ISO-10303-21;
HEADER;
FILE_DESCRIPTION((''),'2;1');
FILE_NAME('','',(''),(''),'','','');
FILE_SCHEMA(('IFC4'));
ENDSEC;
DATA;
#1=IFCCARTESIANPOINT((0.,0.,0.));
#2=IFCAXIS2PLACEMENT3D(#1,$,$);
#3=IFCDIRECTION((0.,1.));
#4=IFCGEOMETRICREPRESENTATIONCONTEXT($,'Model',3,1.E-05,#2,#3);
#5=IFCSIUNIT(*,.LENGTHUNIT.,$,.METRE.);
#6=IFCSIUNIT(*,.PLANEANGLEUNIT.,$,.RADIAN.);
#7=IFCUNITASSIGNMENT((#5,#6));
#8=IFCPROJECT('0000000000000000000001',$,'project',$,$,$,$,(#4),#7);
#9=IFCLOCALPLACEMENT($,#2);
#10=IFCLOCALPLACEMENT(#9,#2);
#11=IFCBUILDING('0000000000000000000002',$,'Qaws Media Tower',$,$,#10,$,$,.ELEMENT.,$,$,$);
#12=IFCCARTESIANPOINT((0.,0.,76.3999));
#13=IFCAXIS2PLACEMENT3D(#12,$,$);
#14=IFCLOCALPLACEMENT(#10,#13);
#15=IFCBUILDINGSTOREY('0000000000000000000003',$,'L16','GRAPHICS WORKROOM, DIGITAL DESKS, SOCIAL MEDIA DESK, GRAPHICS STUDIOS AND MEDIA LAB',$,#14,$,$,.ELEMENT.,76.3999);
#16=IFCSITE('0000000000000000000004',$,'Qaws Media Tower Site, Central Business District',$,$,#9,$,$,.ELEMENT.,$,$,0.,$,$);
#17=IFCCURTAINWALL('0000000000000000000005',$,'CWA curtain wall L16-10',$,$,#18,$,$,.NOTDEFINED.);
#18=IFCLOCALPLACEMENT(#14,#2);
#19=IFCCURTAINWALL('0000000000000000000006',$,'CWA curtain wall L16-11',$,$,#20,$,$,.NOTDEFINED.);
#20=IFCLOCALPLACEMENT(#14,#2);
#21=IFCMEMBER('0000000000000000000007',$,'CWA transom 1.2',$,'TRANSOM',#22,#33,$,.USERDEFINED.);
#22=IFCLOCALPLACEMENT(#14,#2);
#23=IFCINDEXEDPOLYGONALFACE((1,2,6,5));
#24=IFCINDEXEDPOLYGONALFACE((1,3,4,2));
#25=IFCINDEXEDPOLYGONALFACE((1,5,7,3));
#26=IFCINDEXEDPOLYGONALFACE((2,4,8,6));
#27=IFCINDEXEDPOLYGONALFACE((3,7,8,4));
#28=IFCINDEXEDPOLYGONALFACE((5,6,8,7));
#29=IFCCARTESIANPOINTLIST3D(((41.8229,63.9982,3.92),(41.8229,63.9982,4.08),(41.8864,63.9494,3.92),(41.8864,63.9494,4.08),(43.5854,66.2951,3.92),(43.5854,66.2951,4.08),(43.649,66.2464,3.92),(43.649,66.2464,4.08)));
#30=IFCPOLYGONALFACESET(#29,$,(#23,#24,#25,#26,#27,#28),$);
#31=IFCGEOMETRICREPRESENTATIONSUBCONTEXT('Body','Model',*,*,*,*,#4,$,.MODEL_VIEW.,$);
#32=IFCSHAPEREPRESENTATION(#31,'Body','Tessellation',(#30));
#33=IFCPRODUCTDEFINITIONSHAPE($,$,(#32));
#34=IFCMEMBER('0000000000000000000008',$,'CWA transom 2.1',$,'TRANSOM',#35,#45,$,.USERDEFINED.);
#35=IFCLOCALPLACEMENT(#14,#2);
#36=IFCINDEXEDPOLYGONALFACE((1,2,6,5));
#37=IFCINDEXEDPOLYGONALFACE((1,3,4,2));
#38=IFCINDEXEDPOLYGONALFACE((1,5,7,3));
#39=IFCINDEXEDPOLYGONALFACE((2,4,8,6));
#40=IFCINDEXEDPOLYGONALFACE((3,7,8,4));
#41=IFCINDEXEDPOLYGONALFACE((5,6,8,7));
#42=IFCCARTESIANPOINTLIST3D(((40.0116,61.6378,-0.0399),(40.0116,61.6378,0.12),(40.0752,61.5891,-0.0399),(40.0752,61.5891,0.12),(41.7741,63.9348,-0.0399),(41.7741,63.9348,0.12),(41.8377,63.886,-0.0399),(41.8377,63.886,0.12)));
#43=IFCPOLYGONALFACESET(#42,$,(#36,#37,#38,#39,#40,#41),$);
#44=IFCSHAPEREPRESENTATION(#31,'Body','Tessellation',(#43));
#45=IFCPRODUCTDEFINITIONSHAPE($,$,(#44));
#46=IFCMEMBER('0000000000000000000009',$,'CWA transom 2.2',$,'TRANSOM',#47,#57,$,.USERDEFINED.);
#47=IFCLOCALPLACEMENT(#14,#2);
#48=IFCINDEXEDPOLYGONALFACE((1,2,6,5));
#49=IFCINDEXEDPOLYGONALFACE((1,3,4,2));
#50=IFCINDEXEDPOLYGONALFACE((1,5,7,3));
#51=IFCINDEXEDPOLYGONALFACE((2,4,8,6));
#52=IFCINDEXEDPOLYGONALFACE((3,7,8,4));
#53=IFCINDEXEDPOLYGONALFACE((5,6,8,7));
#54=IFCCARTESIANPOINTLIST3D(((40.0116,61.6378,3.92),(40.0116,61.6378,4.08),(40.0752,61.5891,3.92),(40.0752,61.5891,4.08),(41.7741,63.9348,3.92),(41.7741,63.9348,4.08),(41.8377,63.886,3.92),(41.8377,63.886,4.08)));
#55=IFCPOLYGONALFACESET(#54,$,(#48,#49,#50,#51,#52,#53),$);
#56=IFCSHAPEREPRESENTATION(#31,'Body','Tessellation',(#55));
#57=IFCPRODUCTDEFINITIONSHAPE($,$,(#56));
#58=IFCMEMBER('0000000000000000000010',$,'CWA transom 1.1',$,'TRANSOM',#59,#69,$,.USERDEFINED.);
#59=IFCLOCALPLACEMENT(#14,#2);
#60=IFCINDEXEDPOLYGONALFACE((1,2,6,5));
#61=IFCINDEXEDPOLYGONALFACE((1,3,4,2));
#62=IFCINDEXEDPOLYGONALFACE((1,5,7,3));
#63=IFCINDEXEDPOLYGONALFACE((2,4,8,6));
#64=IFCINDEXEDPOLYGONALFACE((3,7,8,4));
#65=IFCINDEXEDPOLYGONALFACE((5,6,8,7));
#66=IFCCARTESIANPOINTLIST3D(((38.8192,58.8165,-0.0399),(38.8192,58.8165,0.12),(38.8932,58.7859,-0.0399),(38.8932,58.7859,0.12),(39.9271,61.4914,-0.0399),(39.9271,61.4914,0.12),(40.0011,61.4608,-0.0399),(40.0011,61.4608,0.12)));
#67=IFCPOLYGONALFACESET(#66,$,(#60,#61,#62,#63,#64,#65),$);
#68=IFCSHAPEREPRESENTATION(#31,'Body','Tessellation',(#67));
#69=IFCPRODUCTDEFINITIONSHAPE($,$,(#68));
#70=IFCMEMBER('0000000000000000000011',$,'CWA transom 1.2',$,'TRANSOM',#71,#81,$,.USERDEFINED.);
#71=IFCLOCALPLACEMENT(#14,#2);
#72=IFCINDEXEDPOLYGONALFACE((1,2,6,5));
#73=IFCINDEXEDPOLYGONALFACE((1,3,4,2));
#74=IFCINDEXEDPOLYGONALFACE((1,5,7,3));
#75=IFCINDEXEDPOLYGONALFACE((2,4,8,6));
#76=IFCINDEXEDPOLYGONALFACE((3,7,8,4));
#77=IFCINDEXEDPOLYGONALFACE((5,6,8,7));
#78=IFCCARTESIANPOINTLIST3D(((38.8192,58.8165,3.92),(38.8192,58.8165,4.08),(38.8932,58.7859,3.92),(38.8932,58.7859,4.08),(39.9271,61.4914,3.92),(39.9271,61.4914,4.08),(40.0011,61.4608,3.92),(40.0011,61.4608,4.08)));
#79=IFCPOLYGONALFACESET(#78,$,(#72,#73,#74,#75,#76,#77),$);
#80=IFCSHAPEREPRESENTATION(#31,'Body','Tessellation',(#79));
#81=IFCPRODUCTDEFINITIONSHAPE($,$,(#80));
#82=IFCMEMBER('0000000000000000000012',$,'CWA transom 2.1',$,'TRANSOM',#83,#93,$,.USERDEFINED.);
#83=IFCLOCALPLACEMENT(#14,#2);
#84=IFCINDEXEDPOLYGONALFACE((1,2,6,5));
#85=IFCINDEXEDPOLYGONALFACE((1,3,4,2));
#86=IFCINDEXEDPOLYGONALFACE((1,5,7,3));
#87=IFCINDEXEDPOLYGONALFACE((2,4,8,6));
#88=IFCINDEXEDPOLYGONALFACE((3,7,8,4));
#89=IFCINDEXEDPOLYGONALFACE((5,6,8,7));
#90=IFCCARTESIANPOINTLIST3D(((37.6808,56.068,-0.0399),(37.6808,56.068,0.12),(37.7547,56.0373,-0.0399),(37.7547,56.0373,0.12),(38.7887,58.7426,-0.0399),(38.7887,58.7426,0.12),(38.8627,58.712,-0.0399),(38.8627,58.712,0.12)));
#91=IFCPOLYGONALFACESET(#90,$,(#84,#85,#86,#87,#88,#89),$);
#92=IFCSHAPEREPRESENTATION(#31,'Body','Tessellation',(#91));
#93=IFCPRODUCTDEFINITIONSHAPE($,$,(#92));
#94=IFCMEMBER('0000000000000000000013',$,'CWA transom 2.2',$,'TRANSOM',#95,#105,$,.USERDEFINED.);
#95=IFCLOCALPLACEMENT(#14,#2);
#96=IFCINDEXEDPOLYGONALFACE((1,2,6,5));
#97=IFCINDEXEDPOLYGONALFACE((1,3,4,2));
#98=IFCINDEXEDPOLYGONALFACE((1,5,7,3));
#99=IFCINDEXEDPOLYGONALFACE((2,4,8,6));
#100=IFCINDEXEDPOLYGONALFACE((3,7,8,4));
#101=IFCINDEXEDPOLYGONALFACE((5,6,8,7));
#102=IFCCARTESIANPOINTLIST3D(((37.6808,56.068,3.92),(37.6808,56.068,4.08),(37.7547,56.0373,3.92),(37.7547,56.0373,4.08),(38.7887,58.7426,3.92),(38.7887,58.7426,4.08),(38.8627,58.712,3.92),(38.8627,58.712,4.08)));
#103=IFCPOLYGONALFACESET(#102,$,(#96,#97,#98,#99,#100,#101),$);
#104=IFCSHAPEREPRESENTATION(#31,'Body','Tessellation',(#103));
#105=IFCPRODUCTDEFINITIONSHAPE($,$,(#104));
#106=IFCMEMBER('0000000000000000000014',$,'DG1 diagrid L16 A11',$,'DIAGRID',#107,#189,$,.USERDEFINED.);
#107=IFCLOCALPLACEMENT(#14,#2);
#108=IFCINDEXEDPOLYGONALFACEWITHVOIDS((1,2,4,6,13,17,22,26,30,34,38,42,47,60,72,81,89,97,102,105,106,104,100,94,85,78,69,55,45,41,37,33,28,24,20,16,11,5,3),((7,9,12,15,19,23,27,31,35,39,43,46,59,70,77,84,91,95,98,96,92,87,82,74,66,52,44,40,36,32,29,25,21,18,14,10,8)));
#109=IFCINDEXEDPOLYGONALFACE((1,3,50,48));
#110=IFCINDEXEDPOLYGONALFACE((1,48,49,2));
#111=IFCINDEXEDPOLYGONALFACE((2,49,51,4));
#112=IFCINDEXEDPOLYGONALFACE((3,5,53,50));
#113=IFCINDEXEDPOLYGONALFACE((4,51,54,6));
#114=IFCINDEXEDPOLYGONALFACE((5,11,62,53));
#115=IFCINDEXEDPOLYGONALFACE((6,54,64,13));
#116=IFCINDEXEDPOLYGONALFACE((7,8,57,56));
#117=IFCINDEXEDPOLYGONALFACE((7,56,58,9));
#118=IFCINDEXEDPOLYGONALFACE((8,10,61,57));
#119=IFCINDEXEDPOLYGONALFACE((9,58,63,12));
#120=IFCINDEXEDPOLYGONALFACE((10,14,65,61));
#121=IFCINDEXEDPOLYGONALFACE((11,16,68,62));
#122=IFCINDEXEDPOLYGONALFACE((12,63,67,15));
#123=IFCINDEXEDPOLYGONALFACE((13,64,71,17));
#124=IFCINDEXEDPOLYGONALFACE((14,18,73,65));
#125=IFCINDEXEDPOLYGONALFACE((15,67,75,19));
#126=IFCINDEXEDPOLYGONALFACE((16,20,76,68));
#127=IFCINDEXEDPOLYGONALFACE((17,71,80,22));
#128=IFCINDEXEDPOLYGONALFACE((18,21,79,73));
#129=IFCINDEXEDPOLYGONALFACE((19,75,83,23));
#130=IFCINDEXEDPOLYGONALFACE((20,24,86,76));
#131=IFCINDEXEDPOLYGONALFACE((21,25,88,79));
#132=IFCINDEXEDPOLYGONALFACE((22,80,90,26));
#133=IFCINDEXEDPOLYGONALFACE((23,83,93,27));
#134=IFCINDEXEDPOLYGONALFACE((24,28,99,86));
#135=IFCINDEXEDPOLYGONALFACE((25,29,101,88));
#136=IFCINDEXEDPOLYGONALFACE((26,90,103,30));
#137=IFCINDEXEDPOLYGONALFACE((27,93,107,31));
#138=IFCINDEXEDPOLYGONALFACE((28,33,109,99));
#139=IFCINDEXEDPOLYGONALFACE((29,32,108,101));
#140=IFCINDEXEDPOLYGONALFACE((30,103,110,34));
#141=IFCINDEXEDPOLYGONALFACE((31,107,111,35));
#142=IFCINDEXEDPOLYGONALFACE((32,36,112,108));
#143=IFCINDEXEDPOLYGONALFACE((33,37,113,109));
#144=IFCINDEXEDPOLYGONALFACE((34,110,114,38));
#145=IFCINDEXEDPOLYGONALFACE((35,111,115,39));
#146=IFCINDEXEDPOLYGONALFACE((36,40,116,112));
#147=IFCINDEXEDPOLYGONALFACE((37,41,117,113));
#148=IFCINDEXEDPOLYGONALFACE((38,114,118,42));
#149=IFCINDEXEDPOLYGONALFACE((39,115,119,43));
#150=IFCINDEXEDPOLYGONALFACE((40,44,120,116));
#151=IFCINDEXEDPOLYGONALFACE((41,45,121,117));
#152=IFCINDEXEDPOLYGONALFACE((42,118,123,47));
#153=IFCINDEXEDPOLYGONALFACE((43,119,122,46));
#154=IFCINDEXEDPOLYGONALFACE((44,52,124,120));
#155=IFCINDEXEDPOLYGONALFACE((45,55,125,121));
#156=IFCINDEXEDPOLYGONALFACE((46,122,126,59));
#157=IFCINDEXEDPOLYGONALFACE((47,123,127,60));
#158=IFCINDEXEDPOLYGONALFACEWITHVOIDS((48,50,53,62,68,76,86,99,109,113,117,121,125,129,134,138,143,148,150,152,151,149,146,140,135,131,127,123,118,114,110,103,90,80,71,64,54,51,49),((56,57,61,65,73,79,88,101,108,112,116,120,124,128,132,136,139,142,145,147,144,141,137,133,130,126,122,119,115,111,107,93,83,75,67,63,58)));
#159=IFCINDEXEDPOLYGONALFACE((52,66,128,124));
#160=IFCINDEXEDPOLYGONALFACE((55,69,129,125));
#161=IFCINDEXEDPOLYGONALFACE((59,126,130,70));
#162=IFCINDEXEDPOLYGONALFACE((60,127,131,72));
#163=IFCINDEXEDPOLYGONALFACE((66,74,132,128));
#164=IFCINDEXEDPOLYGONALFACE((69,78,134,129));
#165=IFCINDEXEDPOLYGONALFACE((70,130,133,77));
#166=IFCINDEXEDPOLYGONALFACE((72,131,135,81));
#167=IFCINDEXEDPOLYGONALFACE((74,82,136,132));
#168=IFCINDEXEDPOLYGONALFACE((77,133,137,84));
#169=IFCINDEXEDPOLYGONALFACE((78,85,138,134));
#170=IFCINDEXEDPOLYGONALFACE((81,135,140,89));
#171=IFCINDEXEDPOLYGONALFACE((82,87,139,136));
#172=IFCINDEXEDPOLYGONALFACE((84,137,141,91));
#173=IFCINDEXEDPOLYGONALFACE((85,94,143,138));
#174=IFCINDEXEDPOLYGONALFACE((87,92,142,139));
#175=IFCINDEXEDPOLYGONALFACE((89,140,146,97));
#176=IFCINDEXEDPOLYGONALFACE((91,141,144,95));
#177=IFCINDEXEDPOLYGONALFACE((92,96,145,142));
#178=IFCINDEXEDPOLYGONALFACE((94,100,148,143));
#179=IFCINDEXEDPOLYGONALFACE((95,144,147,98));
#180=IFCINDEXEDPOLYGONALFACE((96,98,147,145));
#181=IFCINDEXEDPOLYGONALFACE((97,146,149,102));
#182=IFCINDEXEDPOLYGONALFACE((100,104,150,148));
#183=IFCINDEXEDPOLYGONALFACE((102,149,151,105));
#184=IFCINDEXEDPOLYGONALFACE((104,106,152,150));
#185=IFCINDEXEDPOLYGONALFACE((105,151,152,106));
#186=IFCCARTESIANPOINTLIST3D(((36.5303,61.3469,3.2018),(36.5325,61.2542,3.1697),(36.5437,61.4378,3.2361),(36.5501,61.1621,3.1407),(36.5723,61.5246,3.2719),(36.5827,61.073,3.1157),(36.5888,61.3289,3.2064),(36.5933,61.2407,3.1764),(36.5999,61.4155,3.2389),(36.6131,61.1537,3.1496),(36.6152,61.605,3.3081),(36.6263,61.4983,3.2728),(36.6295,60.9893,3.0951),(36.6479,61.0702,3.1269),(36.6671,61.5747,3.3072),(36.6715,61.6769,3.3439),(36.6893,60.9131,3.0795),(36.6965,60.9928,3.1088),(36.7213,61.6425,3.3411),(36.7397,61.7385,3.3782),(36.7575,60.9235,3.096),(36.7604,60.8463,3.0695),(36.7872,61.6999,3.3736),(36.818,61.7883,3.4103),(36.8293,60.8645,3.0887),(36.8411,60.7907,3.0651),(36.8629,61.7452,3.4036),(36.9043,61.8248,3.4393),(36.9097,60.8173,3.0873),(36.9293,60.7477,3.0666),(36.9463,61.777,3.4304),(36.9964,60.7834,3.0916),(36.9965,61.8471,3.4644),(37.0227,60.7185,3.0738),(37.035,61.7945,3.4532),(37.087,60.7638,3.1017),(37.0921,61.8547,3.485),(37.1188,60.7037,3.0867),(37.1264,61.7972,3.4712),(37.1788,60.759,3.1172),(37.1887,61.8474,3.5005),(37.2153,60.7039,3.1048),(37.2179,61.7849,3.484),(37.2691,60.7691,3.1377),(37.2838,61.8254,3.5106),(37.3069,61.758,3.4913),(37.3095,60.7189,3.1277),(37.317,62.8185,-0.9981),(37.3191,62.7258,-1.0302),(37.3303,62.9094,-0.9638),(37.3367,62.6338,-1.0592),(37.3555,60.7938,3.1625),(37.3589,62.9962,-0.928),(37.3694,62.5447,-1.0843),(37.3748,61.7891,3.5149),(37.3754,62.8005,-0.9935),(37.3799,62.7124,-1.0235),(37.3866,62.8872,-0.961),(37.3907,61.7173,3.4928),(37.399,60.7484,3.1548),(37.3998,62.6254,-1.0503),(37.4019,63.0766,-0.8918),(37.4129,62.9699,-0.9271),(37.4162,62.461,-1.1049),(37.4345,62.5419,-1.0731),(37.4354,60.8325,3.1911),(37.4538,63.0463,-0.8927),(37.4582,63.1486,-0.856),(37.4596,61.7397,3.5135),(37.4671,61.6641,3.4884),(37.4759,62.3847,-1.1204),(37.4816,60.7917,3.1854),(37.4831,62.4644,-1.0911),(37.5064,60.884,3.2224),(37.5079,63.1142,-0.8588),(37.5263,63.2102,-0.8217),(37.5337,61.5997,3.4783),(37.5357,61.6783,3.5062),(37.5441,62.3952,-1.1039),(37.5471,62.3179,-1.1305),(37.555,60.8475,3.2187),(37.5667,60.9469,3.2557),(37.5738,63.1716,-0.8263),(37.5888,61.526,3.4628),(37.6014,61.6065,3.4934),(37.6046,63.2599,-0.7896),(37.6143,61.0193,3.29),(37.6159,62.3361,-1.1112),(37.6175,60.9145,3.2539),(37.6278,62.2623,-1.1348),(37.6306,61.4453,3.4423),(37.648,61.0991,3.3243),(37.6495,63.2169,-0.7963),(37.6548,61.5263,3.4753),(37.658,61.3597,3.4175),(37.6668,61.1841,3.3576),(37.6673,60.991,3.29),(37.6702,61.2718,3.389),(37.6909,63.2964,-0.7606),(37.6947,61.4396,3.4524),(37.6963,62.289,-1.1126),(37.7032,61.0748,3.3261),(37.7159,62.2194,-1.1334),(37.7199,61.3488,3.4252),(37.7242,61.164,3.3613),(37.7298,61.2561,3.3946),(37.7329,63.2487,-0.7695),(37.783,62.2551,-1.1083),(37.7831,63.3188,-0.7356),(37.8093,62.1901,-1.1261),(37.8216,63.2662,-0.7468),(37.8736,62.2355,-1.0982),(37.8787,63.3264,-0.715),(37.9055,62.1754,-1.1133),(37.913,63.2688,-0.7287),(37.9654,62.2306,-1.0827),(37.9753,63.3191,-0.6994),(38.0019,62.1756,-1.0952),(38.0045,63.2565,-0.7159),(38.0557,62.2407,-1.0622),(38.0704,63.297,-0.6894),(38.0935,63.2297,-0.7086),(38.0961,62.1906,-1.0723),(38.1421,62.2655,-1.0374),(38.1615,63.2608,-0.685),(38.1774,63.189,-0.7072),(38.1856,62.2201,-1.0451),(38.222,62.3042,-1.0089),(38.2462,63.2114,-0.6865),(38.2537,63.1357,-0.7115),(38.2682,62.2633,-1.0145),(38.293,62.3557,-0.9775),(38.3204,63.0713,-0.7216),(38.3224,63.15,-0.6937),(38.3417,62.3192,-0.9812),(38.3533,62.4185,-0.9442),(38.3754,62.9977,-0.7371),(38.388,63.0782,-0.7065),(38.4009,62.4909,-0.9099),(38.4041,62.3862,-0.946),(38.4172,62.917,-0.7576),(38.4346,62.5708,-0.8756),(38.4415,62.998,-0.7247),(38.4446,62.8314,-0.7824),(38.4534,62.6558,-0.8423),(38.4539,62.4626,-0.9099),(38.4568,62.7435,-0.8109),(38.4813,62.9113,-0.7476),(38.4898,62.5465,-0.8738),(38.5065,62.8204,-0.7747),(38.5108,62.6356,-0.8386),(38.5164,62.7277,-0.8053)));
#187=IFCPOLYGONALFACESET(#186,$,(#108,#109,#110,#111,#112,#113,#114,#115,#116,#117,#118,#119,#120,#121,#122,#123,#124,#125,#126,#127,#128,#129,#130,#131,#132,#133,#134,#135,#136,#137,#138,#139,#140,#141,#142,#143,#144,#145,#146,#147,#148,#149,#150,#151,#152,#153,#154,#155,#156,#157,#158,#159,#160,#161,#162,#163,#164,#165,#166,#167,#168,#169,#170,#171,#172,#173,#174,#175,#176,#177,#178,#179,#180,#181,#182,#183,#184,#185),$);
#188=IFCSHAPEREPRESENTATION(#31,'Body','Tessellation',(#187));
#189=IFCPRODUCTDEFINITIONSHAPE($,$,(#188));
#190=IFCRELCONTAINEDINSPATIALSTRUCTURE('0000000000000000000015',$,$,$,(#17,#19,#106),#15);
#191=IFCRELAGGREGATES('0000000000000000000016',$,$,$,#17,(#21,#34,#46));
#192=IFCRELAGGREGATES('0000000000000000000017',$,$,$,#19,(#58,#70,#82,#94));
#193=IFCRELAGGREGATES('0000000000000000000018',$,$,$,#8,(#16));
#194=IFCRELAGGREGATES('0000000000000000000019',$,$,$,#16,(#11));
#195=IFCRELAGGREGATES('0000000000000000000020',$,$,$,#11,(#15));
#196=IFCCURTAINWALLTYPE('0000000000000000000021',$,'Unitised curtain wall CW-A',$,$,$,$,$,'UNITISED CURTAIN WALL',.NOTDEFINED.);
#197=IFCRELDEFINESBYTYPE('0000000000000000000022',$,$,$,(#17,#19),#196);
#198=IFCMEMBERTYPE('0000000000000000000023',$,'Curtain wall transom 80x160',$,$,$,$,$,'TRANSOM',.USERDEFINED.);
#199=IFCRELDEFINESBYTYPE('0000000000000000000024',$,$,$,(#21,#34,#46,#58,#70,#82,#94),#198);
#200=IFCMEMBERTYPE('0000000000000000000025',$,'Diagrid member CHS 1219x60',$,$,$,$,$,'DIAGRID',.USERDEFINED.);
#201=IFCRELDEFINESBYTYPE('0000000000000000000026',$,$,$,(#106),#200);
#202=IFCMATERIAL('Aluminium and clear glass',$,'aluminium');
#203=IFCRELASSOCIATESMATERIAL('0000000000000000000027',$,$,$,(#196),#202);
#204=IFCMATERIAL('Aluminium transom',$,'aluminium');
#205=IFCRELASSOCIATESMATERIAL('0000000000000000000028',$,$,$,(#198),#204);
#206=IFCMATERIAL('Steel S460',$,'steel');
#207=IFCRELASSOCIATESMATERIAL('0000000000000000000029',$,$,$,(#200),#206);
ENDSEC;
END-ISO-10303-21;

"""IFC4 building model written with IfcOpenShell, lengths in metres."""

from ifc_helpers import new_model, si_unit, direction, frame, origin, origin_2d, place, context, subcontext, project, spatial, rectangle, hollow_circle, extrude, material, material_profile, profile_set, type_object, element, aggregate, save


model = new_model("IFC4")

# Units and contexts
model_context = context("Model", 3, precision=1e-05, world=origin(), true_north=direction((0.0, 1.0)))
body_context = subcontext(model_context, "Body", "Model", "MODEL_VIEW")
ifc_project = project(units=[si_unit("LENGTHUNIT", "METRE"), si_unit("PLANEANGLEUNIT", "RADIAN")], contexts=[model_context])

# Site, building, storey
site_placement = place(None, origin())
site = spatial("IfcSite", under=ifc_project, at=site_placement, Name="Qaws Media Tower Site, Central Business District", CompositionType="ELEMENT", RefElevation=0.0)
building_placement = place(site_placement, origin())
building = spatial("IfcBuilding", under=site, at=building_placement, Name="Qaws Media Tower", CompositionType="ELEMENT")
storey_placement = place(building_placement, frame((0.0, 0.0, 76.3999)))
storey = spatial("IfcBuildingStorey", under=building, at=storey_placement, Name="L16", Description="GRAPHICS WORKROOM, DIGITAL DESKS, SOCIAL MEDIA DESK, GRAPHICS STUDIOS AND MEDIA LAB", CompositionType="ELEMENT", Elevation=76.3999)

# Shared definitions
ifc_material_1 = material(Name="Aluminium and clear glass", Category="aluminium")
curtain_wall_type = type_object("IfcCurtainWallType", Name="Unitised curtain wall CW-A", ElementType="UNITISED CURTAIN WALL", PredefinedType="NOTDEFINED", material=ifc_material_1)

# Curtain walls
curtain_wall_1_placement = place(storey_placement, origin())
curtain_wall_1 = element("IfcCurtainWall", 1, at=curtain_wall_1_placement, inside=storey, type_object=curtain_wall_type, Name="CWA curtain wall L16-10", PredefinedType="NOTDEFINED")
curtain_wall_2_placement = place(storey_placement, origin())
curtain_wall_2 = element("IfcCurtainWall", 2, at=curtain_wall_2_placement, inside=storey, type_object=curtain_wall_type, Name="CWA curtain wall L16-11", PredefinedType="NOTDEFINED")

# Members
ifc_material_2 = material(Name="Aluminium transom", Category="aluminium")
ifc_material_profile_1 = material_profile(ifc_material_2, rectangle(XDim=0.0801, YDim=0.1599, at=origin_2d()), Name="80x160")
ifc_profile_set_1 = profile_set([ifc_material_profile_1], Name="Aluminium transom")
member_type_1 = type_object("IfcMemberType", Name="Curtain wall transom 80x160", ElementType="TRANSOM", PredefinedType="USERDEFINED", material=ifc_profile_set_1)
member_1_placement = place(storey_placement, frame((43.6172, 66.2708, 4.0), z_axis=(-0.608761, -0.793354, 0.0), x_axis=(0.793354, -0.608761, 0.0)))
member_1 = element("IfcMember", 3, at=member_1_placement, type_object=member_type_1, Name="CWA transom 1.2", ObjectType="TRANSOM", PredefinedType="USERDEFINED", context=body_context, shape_type="SweptSolid", body=[
    extrude(rectangle(XDim=0.0801, YDim=0.1599, at=origin_2d()), origin(), (0.0, 0.0, 1.0), 2.8953),
])
member_2_placement = place(storey_placement, frame((41.8059, 63.9104, 0.04), z_axis=(-0.608761, -0.793354, 0.0), x_axis=(0.793354, -0.608761, 0.0)))
member_2 = element("IfcMember", 4, at=member_2_placement, type_object=member_type_1, Name="CWA transom 2.1", ObjectType="TRANSOM", PredefinedType="USERDEFINED", context=body_context, shape_type="SweptSolid", body=[
    extrude(rectangle(XDim=0.0801, YDim=0.1599, at=origin_2d()), origin(), (0.0, 0.0, 1.0), 2.8953),
])
member_3_placement = place(storey_placement, frame((41.8059, 63.9104, 4.0), z_axis=(-0.608761, -0.793354, 0.0), x_axis=(0.793354, -0.608761, 0.0)))
member_3 = element("IfcMember", 5, at=member_3_placement, type_object=member_type_1, Name="CWA transom 2.2", ObjectType="TRANSOM", PredefinedType="USERDEFINED", context=body_context, shape_type="SweptSolid", body=[
    extrude(rectangle(XDim=0.0801, YDim=0.1599, at=origin_2d()), origin(), (0.0, 0.0, 1.0), 2.8953),
])
member_4_placement = place(storey_placement, frame((39.9641, 61.4761, 0.04), z_axis=(-0.382675, -0.923883, 0.0), x_axis=(0.923883, -0.382675, 0.0)))
member_4 = element("IfcMember", 6, at=member_4_placement, type_object=member_type_1, Name="CWA transom 1.1", ObjectType="TRANSOM", PredefinedType="USERDEFINED", context=body_context, shape_type="SweptSolid", body=[
    extrude(rectangle(XDim=0.0801, YDim=0.1599, at=origin_2d()), origin(), (0.0, 0.0, 1.0), 2.8953),
])
member_5_placement = place(storey_placement, frame((39.9641, 61.4761, 4.0), z_axis=(-0.382675, -0.923883, 0.0), x_axis=(0.923883, -0.382675, 0.0)))
member_5 = element("IfcMember", 7, at=member_5_placement, type_object=member_type_1, Name="CWA transom 1.2", ObjectType="TRANSOM", PredefinedType="USERDEFINED", context=body_context, shape_type="SweptSolid", body=[
    extrude(rectangle(XDim=0.0801, YDim=0.1599, at=origin_2d()), origin(), (0.0, 0.0, 1.0), 2.8953),
])
member_6_placement = place(storey_placement, frame((38.8257, 58.7273, 0.04), z_axis=(-0.382704, -0.923871, 0.0), x_axis=(0.923871, -0.382704, 0.0)))
member_6 = element("IfcMember", 8, at=member_6_placement, type_object=member_type_1, Name="CWA transom 2.1", ObjectType="TRANSOM", PredefinedType="USERDEFINED", context=body_context, shape_type="SweptSolid", body=[
    extrude(rectangle(XDim=0.0801, YDim=0.1599, at=origin_2d()), origin(), (0.0, 0.0, 1.0), 2.895),
])
member_7_placement = place(storey_placement, frame((38.8257, 58.7273, 4.0), z_axis=(-0.382704, -0.923871, 0.0), x_axis=(0.923871, -0.382704, 0.0)))
member_7 = element("IfcMember", 9, at=member_7_placement, type_object=member_type_1, Name="CWA transom 2.2", ObjectType="TRANSOM", PredefinedType="USERDEFINED", context=body_context, shape_type="SweptSolid", body=[
    extrude(rectangle(XDim=0.0801, YDim=0.1599, at=origin_2d()), origin(), (0.0, 0.0, 1.0), 2.895),
])

# Member
ifc_material_3 = material(Name="Steel S460", Category="steel")
ifc_material_profile_2 = material_profile(ifc_material_3, hollow_circle(Radius=0.6096, WallThickness=0.0601, at=origin_2d()), Name="CHS 1219x60")
ifc_profile_set_2 = profile_set([ifc_material_profile_2], Name="Steel S460")
member_type_2 = type_object("IfcMemberType", Name="Diagrid member CHS 1219x60", ElementType="DIAGRID", PredefinedType="USERDEFINED", material=ifc_profile_set_2)
for number, where, z_axis, x_axis, name in (
    (10, (37.9163, 62.75, -0.9099), (-0.174058, -0.325642, 0.929334), (0.881923, -0.471393, 0.0), "DG1 diagrid L16 A11"),
):
    element("IfcMember", number, at=place(storey_placement, frame(where, z_axis=z_axis, x_axis=x_axis)), inside=storey, type_object=member_type_2, Name=name, ObjectType="DIAGRID", PredefinedType="USERDEFINED", context=body_context, shape_type="SweptSolid", body=[
        extrude(hollow_circle(Radius=0.6096, WallThickness=0.0601, at=origin_2d()), origin(), (0.0, 0.0, 1.0), 4.5193),
    ])

aggregate(curtain_wall_1, [member_1, member_2, member_3])
aggregate(curtain_wall_2, [member_4, member_5, member_6, member_7])

save(model, "model.ifc")
